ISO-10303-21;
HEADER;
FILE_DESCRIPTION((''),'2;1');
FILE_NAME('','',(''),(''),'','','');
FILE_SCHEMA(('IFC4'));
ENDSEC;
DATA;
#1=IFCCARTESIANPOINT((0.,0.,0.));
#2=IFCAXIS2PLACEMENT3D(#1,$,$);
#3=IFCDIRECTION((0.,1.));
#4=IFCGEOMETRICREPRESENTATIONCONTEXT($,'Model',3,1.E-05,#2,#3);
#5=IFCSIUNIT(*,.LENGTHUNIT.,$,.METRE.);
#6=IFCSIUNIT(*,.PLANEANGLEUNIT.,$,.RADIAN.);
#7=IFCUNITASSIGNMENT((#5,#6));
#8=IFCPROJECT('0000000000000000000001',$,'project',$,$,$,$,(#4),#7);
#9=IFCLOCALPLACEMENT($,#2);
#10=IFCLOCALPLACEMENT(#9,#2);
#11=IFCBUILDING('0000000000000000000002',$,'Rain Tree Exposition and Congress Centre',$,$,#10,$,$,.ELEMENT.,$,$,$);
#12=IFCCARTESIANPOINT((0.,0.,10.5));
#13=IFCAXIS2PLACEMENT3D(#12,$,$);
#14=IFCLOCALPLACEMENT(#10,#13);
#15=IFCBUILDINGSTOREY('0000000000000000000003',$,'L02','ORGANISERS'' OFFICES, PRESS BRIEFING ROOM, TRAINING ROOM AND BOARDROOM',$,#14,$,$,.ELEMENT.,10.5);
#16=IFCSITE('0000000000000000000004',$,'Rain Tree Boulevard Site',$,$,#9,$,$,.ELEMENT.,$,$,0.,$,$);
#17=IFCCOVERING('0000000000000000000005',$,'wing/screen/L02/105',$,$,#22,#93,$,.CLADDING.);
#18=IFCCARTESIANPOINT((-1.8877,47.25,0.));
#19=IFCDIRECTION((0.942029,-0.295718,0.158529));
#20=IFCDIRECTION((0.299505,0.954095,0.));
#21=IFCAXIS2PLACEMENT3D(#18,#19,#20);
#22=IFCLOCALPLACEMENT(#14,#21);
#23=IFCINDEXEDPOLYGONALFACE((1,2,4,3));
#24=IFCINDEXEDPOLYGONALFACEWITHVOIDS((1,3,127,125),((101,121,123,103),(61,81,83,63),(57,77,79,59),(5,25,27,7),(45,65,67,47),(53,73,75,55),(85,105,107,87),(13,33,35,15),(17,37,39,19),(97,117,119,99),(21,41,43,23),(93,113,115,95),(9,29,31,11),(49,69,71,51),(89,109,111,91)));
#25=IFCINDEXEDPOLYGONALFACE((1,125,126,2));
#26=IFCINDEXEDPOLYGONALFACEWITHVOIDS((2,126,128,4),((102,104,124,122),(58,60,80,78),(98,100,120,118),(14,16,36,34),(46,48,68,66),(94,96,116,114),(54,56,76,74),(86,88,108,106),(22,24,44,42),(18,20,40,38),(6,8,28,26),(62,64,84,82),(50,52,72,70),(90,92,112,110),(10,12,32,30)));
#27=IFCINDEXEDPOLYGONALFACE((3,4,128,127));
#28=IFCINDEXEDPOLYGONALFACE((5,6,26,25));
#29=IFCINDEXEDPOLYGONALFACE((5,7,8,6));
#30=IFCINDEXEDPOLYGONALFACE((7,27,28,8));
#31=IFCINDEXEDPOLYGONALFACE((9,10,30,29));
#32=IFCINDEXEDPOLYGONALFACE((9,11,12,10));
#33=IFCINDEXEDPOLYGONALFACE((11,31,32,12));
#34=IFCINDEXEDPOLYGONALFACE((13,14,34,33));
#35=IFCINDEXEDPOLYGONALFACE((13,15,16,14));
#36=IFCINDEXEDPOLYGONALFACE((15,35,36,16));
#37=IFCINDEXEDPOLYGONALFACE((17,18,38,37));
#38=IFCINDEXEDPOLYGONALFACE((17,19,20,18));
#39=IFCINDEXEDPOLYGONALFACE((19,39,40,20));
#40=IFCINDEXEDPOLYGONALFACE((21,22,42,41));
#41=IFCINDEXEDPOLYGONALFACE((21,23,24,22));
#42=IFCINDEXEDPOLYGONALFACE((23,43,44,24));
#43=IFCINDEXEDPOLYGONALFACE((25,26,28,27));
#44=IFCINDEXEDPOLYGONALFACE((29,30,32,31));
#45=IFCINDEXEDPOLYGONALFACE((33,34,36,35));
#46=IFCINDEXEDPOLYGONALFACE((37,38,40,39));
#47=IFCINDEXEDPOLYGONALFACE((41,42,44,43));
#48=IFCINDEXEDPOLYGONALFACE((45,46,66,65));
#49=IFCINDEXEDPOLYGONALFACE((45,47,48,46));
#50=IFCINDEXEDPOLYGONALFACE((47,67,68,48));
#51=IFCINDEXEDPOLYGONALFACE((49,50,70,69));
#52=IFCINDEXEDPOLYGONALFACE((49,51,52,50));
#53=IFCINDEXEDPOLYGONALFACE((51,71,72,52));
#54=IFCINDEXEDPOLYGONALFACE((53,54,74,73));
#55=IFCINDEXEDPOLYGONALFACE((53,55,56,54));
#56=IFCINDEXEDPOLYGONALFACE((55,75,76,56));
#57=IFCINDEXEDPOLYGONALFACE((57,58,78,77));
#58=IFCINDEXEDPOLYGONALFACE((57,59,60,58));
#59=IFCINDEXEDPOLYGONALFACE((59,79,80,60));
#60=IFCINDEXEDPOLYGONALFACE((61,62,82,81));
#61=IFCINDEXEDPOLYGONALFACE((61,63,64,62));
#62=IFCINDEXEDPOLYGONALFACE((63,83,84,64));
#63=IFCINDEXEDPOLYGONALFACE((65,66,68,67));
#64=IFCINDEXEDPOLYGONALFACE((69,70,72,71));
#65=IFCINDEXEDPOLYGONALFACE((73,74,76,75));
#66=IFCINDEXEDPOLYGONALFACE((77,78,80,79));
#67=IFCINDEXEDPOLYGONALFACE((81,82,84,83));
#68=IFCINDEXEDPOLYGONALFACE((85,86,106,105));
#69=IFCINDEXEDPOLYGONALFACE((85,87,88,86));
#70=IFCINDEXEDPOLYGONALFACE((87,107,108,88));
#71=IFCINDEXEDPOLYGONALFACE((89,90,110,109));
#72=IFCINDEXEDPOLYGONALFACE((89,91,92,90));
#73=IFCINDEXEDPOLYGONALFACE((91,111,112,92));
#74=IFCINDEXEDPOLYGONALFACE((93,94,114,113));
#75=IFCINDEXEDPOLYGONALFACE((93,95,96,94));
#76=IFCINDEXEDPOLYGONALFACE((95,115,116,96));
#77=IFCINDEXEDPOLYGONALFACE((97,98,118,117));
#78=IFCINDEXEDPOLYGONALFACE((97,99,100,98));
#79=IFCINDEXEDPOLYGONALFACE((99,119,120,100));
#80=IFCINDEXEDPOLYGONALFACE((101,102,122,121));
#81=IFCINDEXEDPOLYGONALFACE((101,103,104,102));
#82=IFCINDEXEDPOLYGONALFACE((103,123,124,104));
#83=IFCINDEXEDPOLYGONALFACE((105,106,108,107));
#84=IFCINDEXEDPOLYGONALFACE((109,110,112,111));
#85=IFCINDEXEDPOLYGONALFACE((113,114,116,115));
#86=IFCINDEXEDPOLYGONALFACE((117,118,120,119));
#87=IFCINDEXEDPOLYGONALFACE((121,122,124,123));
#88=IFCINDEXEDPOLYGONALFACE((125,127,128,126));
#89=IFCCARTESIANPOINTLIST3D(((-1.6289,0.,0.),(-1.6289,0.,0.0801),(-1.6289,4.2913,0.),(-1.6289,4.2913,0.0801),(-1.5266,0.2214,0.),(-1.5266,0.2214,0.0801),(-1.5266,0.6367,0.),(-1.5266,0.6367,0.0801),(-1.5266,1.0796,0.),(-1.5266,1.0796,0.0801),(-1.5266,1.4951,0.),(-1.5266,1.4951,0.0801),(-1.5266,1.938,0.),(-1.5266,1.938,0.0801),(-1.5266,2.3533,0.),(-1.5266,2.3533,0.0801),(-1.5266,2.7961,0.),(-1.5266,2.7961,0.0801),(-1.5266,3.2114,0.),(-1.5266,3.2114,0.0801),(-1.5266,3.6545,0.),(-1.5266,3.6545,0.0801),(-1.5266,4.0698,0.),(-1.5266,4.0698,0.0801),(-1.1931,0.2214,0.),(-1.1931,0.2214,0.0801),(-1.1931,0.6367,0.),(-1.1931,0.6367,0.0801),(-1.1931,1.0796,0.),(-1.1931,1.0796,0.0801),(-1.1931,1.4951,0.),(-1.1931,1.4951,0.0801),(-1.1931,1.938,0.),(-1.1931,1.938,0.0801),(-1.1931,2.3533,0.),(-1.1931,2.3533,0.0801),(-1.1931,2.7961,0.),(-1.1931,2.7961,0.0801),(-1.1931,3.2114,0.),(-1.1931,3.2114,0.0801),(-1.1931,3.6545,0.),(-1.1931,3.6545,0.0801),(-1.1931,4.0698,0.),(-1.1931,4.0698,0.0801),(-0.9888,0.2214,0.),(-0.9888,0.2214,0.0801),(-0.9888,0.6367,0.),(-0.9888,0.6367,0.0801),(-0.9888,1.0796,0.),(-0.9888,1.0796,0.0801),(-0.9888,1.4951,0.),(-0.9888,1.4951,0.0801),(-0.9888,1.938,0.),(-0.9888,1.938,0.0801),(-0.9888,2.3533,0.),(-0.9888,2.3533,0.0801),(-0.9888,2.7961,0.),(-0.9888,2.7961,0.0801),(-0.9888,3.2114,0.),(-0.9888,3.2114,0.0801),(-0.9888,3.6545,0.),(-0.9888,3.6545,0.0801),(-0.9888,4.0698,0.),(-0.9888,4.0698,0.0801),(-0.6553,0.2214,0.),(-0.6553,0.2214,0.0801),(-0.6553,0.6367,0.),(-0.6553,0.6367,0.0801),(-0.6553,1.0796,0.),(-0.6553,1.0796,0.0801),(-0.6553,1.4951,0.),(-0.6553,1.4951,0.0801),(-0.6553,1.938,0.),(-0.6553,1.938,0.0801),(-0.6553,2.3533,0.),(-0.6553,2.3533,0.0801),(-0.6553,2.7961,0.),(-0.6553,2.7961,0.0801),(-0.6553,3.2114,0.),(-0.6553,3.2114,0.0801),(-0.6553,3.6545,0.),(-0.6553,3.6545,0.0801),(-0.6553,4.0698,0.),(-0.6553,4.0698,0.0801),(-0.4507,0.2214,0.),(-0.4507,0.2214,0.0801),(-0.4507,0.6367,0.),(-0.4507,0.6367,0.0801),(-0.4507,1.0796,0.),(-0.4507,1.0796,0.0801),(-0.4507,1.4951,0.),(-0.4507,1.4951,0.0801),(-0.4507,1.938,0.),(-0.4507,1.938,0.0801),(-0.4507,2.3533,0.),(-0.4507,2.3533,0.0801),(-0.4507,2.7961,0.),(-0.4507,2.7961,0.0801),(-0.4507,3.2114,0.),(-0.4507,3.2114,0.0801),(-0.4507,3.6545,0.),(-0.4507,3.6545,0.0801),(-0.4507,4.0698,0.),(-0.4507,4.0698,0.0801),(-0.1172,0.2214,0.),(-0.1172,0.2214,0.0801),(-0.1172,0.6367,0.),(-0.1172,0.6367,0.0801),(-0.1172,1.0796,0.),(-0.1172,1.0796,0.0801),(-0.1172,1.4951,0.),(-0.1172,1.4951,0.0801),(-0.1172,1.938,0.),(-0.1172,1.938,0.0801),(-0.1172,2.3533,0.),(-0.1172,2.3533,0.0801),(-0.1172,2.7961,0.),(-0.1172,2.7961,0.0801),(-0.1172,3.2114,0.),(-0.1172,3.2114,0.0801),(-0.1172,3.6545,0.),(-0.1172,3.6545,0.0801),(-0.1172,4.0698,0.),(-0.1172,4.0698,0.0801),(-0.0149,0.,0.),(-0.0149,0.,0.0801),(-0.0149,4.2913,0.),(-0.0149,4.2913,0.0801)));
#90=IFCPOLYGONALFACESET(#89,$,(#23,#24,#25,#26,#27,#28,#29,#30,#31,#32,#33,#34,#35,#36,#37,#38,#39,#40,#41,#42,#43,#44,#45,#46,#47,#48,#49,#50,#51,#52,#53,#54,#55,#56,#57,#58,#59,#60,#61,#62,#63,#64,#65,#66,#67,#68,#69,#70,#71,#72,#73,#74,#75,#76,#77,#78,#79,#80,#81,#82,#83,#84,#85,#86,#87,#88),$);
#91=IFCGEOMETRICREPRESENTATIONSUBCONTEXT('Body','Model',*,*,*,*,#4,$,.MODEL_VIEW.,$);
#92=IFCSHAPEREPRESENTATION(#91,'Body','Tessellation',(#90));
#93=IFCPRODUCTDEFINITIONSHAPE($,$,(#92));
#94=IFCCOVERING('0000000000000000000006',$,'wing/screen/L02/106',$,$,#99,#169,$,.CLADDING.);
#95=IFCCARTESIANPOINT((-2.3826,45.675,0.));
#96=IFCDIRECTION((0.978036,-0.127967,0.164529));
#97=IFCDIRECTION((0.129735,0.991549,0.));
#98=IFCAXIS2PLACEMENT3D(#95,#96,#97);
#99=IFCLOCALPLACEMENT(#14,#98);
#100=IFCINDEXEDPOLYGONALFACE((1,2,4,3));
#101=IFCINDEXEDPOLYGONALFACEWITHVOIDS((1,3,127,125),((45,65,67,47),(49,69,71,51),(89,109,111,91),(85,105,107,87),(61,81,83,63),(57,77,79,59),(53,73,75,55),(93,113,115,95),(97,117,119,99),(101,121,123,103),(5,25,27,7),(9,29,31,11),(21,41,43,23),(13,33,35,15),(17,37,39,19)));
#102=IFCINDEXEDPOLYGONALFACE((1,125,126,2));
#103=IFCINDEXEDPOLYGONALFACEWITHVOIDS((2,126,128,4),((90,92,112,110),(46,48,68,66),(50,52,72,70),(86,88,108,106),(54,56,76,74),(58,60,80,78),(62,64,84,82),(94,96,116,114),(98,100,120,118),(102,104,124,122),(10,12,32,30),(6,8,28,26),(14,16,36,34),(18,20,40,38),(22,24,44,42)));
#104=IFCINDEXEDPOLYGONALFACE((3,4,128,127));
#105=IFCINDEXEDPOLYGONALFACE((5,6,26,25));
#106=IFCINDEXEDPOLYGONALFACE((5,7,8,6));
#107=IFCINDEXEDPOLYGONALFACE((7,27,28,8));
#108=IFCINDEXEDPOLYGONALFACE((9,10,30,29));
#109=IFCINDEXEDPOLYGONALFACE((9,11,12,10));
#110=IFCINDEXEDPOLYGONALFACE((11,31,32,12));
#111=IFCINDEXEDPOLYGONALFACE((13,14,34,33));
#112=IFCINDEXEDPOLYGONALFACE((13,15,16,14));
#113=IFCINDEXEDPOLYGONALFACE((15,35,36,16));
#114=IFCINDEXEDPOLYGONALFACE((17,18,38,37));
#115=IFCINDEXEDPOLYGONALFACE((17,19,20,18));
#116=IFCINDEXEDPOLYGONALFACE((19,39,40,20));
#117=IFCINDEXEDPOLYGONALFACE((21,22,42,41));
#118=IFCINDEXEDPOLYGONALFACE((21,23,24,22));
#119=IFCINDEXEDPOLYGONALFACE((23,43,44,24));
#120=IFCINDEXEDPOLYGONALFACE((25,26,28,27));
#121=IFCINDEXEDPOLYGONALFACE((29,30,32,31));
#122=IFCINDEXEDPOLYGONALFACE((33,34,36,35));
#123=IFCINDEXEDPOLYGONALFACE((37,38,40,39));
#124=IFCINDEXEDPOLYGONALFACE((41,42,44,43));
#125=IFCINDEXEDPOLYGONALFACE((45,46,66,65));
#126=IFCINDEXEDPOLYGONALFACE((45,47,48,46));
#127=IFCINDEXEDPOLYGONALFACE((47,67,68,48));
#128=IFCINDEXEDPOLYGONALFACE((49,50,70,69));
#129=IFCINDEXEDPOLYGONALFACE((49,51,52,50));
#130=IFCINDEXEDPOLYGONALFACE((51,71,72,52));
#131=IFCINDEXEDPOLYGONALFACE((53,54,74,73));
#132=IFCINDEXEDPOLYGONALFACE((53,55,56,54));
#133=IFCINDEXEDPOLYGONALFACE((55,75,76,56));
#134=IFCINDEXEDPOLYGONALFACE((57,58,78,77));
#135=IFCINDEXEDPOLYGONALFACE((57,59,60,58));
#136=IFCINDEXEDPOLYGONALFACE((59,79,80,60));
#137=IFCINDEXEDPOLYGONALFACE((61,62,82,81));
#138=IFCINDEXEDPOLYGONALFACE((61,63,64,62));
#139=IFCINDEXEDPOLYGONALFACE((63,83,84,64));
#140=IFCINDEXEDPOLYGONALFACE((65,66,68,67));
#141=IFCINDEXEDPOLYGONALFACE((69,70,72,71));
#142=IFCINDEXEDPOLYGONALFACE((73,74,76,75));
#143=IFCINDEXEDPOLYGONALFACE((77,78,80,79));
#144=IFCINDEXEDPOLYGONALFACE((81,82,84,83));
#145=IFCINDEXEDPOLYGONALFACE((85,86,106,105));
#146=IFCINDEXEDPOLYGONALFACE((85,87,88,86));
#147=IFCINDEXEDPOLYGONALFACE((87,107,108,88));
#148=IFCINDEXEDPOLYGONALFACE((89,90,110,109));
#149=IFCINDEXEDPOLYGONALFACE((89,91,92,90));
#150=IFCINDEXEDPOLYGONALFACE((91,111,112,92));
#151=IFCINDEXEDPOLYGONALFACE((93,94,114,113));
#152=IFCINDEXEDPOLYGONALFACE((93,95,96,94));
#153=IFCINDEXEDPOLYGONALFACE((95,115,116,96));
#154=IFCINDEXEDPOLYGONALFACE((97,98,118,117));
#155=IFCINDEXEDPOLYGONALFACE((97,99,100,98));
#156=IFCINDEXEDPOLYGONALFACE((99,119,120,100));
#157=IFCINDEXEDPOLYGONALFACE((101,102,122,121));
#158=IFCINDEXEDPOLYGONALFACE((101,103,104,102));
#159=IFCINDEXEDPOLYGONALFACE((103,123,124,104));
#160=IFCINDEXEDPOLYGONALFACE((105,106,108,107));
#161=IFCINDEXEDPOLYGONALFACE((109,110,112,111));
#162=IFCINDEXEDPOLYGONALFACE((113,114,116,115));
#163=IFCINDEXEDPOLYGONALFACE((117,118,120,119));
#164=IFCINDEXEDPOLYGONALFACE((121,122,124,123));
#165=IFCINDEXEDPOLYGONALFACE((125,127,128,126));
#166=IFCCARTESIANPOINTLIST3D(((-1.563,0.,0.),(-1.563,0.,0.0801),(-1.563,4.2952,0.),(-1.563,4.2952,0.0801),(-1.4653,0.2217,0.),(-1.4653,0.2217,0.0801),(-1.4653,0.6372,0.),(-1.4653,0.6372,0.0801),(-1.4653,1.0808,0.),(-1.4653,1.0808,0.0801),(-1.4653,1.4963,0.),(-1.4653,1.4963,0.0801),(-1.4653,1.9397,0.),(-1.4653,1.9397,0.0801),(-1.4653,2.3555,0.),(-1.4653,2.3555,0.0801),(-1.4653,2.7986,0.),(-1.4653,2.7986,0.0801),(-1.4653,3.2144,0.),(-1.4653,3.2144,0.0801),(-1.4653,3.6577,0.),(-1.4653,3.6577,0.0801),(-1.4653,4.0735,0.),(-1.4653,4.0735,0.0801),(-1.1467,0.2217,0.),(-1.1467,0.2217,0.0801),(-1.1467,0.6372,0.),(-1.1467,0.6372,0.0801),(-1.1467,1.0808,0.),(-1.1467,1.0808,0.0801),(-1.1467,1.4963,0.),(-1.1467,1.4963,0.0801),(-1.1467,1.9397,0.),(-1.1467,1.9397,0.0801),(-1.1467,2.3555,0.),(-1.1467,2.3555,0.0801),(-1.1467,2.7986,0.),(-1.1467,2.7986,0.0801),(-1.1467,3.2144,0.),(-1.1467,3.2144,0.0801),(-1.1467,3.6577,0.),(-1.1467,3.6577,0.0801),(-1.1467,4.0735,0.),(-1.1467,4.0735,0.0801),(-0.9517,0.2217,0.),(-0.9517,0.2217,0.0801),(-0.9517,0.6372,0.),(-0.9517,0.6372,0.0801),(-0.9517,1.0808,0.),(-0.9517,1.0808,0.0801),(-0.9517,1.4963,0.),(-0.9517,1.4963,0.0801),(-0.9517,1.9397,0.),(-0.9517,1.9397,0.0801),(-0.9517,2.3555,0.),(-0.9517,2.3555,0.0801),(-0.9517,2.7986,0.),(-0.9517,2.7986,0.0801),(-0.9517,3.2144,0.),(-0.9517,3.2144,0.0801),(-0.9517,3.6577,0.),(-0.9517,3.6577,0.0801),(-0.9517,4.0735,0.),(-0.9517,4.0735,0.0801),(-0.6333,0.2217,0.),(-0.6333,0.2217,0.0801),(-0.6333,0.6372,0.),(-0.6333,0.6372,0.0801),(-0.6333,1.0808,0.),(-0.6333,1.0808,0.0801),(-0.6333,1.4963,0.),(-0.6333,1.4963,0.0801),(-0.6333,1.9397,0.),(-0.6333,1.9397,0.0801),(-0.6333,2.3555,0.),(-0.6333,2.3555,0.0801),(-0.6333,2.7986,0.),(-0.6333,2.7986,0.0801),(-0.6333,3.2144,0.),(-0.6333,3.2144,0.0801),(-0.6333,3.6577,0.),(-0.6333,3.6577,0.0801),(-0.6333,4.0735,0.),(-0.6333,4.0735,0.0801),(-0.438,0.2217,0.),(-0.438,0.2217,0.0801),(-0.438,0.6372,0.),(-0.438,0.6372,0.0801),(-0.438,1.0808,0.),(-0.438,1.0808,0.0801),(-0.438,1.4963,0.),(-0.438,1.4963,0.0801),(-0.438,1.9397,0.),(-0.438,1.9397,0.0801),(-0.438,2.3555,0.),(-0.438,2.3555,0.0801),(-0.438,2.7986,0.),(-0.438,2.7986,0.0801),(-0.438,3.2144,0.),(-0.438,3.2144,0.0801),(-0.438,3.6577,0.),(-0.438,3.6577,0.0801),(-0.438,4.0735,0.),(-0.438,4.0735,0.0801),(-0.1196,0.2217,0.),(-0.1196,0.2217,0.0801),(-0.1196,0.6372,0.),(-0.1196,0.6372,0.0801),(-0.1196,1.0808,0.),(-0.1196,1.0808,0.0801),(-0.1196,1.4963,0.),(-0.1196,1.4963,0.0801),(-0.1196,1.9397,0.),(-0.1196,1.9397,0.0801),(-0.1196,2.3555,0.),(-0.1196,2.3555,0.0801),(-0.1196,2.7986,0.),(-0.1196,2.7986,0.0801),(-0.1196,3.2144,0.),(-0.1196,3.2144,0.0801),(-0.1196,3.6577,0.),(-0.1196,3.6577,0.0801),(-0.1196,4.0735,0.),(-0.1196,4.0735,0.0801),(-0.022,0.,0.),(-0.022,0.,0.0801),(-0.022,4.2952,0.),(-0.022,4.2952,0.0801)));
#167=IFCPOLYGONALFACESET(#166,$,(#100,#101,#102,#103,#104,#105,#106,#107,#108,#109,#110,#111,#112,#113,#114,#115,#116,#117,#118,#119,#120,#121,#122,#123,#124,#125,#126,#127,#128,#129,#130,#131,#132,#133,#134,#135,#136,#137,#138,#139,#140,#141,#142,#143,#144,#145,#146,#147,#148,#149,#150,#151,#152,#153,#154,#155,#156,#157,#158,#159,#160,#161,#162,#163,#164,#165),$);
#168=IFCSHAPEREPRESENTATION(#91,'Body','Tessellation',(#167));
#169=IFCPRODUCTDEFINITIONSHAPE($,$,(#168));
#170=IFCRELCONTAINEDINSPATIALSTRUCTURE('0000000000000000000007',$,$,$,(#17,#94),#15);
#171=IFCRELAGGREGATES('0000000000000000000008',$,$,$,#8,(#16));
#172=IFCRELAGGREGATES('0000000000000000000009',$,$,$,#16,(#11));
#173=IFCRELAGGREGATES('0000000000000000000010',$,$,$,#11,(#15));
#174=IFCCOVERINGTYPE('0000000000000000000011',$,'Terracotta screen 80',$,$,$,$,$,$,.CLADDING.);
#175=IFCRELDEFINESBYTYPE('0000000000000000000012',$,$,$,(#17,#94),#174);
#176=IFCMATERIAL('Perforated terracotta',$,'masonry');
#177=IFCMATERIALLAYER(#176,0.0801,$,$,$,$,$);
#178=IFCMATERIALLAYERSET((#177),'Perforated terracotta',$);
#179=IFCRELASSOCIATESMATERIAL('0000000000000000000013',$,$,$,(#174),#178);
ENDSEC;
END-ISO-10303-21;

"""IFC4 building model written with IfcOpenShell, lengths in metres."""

from ifc_helpers import new_model, si_unit, direction, frame, origin, place, context, subcontext, project, spatial, polyline, outline, extrude, material, layer, layer_set, type_object, element, save


model = new_model("IFC4")

# Units and contexts
model_context = context("Model", 3, precision=1e-05, world=origin(), true_north=direction((0.0, 1.0)))
body_context = subcontext(model_context, "Body", "Model", "MODEL_VIEW")
ifc_project = project(units=[si_unit("LENGTHUNIT", "METRE"), si_unit("PLANEANGLEUNIT", "RADIAN")], contexts=[model_context])

# Site, building, storey
site_placement = place(None, origin())
site = spatial("IfcSite", under=ifc_project, at=site_placement, Name="Rain Tree Boulevard Site", CompositionType="ELEMENT", RefElevation=0.0)
building_placement = place(site_placement, origin())
building = spatial("IfcBuilding", under=site, at=building_placement, Name="Rain Tree Exposition and Congress Centre", CompositionType="ELEMENT")
storey_placement = place(building_placement, frame((0.0, 0.0, 10.5)))
storey = spatial("IfcBuildingStorey", under=building, at=storey_placement, Name="L02", Description="ORGANISERS' OFFICES, PRESS BRIEFING ROOM, TRAINING ROOM AND BOARDROOM", CompositionType="ELEMENT", Elevation=10.5)

# Coverings
ifc_material_1 = material(Name="Perforated terracotta", Category="masonry")
ifc_layer_1 = layer(ifc_material_1, 0.0801)
ifc_layer_set_1 = layer_set([ifc_layer_1], Name="Perforated terracotta")
covering_type = type_object("IfcCoveringType", Name="Terracotta screen 80", PredefinedType="CLADDING", material=ifc_layer_set_1)
covering_1_placement = place(storey_placement, frame((-1.8877, 47.25, 0.0), z_axis=(0.942029, -0.295718, 0.158529), x_axis=(0.299505, 0.954095, 0.0)))
element("IfcCovering", 1, at=covering_1_placement, inside=storey, type_object=covering_type, Name="wing/screen/L02/105", PredefinedType="CLADDING", context=body_context, shape_type="SweptSolid", body=[
    extrude(outline(polyline([(-1.6289, 0.0), (-1.6289, 4.2913), (-0.0149, 4.2913), (-0.0149, 0.0), (-1.6289, 0.0)]), holes=[polyline([(-0.1172, 0.2214), (-0.1172, 0.6367), (-0.4507, 0.6367), (-0.4507, 0.2214), (-0.1172, 0.2214)]), polyline([(-0.1172, 1.0796), (-0.1172, 1.4951), (-0.4507, 1.4951), (-0.4507, 1.0796), (-0.1172, 1.0796)]), polyline([(-0.1172, 1.938), (-0.1172, 2.3533), (-0.4507, 2.3533), (-0.4507, 1.938), (-0.1172, 1.938)]), polyline([(-0.1172, 2.7961), (-0.1172, 3.2114), (-0.4507, 3.2114), (-0.4507, 2.7961), (-0.1172, 2.7961)]), polyline([(-0.1172, 3.6545), (-0.1172, 4.0698), (-0.4507, 4.0698), (-0.4507, 3.6545), (-0.1172, 3.6545)]), polyline([(-0.6553, 0.2214), (-0.6553, 0.6367), (-0.9888, 0.6367), (-0.9888, 0.2214), (-0.6553, 0.2214)]), polyline([(-0.6553, 1.0796), (-0.6553, 1.4951), (-0.9888, 1.4951), (-0.9888, 1.0796), (-0.6553, 1.0796)]), polyline([(-0.6553, 1.938), (-0.6553, 2.3533), (-0.9888, 2.3533), (-0.9888, 1.938), (-0.6553, 1.938)]), polyline([(-0.6553, 2.7961), (-0.6553, 3.2114), (-0.9888, 3.2114), (-0.9888, 2.7961), (-0.6553, 2.7961)]), polyline([(-0.6553, 3.6545), (-0.6553, 4.0698), (-0.9888, 4.0698), (-0.9888, 3.6545), (-0.6553, 3.6545)]), polyline([(-1.1931, 0.2214), (-1.1931, 0.6367), (-1.5266, 0.6367), (-1.5266, 0.2214), (-1.1931, 0.2214)]), polyline([(-1.1931, 1.0796), (-1.1931, 1.4951), (-1.5266, 1.4951), (-1.5266, 1.0796), (-1.1931, 1.0796)]), polyline([(-1.1931, 1.938), (-1.1931, 2.3533), (-1.5266, 2.3533), (-1.5266, 1.938), (-1.1931, 1.938)]), polyline([(-1.1931, 2.7961), (-1.1931, 3.2114), (-1.5266, 3.2114), (-1.5266, 2.7961), (-1.1931, 2.7961)]), polyline([(-1.1931, 3.6545), (-1.1931, 4.0698), (-1.5266, 4.0698), (-1.5266, 3.6545), (-1.1931, 3.6545)])]), origin(), (0.0, 0.0, 1.0), 0.0801),
])
covering_2_placement = place(storey_placement, frame((-2.3826, 45.675, 0.0), z_axis=(0.978036, -0.127967, 0.164529), x_axis=(0.129735, 0.991549, 0.0)))
element("IfcCovering", 2, at=covering_2_placement, inside=storey, type_object=covering_type, Name="wing/screen/L02/106", PredefinedType="CLADDING", context=body_context, shape_type="SweptSolid", body=[
    extrude(outline(polyline([(-1.563, 0.0), (-1.563, 4.2952), (-0.022, 4.2952), (-0.022, 0.0), (-1.563, 0.0)]), holes=[polyline([(-0.1196, 0.2217), (-0.1196, 0.6372), (-0.438, 0.6372), (-0.438, 0.2217), (-0.1196, 0.2217)]), polyline([(-0.1196, 1.0808), (-0.1196, 1.4963), (-0.438, 1.4963), (-0.438, 1.0808), (-0.1196, 1.0808)]), polyline([(-0.1196, 1.9397), (-0.1196, 2.3555), (-0.438, 2.3555), (-0.438, 1.9397), (-0.1196, 1.9397)]), polyline([(-0.1196, 2.7986), (-0.1196, 3.2144), (-0.438, 3.2144), (-0.438, 2.7986), (-0.1196, 2.7986)]), polyline([(-0.1196, 3.6577), (-0.1196, 4.0735), (-0.438, 4.0735), (-0.438, 3.6577), (-0.1196, 3.6577)]), polyline([(-0.6333, 0.2217), (-0.6333, 0.6372), (-0.9517, 0.6372), (-0.9517, 0.2217), (-0.6333, 0.2217)]), polyline([(-0.6333, 1.0808), (-0.6333, 1.4963), (-0.9517, 1.4963), (-0.9517, 1.0808), (-0.6333, 1.0808)]), polyline([(-0.6333, 1.9397), (-0.6333, 2.3555), (-0.9517, 2.3555), (-0.9517, 1.9397), (-0.6333, 1.9397)]), polyline([(-0.6333, 2.7986), (-0.6333, 3.2144), (-0.9517, 3.2144), (-0.9517, 2.7986), (-0.6333, 2.7986)]), polyline([(-0.6333, 3.6577), (-0.6333, 4.0735), (-0.9517, 4.0735), (-0.9517, 3.6577), (-0.6333, 3.6577)]), polyline([(-1.1467, 0.2217), (-1.1467, 0.6372), (-1.4653, 0.6372), (-1.4653, 0.2217), (-1.1467, 0.2217)]), polyline([(-1.1467, 1.0808), (-1.1467, 1.4963), (-1.4653, 1.4963), (-1.4653, 1.0808), (-1.1467, 1.0808)]), polyline([(-1.1467, 1.9397), (-1.1467, 2.3555), (-1.4653, 2.3555), (-1.4653, 1.9397), (-1.1467, 1.9397)]), polyline([(-1.1467, 2.7986), (-1.1467, 3.2144), (-1.4653, 3.2144), (-1.4653, 2.7986), (-1.1467, 2.7986)]), polyline([(-1.1467, 3.6577), (-1.1467, 4.0735), (-1.4653, 4.0735), (-1.4653, 3.6577), (-1.1467, 3.6577)])]), origin(), (0.0, 0.0, 1.0), 0.0801),
])

save(model, "model.ifc")
